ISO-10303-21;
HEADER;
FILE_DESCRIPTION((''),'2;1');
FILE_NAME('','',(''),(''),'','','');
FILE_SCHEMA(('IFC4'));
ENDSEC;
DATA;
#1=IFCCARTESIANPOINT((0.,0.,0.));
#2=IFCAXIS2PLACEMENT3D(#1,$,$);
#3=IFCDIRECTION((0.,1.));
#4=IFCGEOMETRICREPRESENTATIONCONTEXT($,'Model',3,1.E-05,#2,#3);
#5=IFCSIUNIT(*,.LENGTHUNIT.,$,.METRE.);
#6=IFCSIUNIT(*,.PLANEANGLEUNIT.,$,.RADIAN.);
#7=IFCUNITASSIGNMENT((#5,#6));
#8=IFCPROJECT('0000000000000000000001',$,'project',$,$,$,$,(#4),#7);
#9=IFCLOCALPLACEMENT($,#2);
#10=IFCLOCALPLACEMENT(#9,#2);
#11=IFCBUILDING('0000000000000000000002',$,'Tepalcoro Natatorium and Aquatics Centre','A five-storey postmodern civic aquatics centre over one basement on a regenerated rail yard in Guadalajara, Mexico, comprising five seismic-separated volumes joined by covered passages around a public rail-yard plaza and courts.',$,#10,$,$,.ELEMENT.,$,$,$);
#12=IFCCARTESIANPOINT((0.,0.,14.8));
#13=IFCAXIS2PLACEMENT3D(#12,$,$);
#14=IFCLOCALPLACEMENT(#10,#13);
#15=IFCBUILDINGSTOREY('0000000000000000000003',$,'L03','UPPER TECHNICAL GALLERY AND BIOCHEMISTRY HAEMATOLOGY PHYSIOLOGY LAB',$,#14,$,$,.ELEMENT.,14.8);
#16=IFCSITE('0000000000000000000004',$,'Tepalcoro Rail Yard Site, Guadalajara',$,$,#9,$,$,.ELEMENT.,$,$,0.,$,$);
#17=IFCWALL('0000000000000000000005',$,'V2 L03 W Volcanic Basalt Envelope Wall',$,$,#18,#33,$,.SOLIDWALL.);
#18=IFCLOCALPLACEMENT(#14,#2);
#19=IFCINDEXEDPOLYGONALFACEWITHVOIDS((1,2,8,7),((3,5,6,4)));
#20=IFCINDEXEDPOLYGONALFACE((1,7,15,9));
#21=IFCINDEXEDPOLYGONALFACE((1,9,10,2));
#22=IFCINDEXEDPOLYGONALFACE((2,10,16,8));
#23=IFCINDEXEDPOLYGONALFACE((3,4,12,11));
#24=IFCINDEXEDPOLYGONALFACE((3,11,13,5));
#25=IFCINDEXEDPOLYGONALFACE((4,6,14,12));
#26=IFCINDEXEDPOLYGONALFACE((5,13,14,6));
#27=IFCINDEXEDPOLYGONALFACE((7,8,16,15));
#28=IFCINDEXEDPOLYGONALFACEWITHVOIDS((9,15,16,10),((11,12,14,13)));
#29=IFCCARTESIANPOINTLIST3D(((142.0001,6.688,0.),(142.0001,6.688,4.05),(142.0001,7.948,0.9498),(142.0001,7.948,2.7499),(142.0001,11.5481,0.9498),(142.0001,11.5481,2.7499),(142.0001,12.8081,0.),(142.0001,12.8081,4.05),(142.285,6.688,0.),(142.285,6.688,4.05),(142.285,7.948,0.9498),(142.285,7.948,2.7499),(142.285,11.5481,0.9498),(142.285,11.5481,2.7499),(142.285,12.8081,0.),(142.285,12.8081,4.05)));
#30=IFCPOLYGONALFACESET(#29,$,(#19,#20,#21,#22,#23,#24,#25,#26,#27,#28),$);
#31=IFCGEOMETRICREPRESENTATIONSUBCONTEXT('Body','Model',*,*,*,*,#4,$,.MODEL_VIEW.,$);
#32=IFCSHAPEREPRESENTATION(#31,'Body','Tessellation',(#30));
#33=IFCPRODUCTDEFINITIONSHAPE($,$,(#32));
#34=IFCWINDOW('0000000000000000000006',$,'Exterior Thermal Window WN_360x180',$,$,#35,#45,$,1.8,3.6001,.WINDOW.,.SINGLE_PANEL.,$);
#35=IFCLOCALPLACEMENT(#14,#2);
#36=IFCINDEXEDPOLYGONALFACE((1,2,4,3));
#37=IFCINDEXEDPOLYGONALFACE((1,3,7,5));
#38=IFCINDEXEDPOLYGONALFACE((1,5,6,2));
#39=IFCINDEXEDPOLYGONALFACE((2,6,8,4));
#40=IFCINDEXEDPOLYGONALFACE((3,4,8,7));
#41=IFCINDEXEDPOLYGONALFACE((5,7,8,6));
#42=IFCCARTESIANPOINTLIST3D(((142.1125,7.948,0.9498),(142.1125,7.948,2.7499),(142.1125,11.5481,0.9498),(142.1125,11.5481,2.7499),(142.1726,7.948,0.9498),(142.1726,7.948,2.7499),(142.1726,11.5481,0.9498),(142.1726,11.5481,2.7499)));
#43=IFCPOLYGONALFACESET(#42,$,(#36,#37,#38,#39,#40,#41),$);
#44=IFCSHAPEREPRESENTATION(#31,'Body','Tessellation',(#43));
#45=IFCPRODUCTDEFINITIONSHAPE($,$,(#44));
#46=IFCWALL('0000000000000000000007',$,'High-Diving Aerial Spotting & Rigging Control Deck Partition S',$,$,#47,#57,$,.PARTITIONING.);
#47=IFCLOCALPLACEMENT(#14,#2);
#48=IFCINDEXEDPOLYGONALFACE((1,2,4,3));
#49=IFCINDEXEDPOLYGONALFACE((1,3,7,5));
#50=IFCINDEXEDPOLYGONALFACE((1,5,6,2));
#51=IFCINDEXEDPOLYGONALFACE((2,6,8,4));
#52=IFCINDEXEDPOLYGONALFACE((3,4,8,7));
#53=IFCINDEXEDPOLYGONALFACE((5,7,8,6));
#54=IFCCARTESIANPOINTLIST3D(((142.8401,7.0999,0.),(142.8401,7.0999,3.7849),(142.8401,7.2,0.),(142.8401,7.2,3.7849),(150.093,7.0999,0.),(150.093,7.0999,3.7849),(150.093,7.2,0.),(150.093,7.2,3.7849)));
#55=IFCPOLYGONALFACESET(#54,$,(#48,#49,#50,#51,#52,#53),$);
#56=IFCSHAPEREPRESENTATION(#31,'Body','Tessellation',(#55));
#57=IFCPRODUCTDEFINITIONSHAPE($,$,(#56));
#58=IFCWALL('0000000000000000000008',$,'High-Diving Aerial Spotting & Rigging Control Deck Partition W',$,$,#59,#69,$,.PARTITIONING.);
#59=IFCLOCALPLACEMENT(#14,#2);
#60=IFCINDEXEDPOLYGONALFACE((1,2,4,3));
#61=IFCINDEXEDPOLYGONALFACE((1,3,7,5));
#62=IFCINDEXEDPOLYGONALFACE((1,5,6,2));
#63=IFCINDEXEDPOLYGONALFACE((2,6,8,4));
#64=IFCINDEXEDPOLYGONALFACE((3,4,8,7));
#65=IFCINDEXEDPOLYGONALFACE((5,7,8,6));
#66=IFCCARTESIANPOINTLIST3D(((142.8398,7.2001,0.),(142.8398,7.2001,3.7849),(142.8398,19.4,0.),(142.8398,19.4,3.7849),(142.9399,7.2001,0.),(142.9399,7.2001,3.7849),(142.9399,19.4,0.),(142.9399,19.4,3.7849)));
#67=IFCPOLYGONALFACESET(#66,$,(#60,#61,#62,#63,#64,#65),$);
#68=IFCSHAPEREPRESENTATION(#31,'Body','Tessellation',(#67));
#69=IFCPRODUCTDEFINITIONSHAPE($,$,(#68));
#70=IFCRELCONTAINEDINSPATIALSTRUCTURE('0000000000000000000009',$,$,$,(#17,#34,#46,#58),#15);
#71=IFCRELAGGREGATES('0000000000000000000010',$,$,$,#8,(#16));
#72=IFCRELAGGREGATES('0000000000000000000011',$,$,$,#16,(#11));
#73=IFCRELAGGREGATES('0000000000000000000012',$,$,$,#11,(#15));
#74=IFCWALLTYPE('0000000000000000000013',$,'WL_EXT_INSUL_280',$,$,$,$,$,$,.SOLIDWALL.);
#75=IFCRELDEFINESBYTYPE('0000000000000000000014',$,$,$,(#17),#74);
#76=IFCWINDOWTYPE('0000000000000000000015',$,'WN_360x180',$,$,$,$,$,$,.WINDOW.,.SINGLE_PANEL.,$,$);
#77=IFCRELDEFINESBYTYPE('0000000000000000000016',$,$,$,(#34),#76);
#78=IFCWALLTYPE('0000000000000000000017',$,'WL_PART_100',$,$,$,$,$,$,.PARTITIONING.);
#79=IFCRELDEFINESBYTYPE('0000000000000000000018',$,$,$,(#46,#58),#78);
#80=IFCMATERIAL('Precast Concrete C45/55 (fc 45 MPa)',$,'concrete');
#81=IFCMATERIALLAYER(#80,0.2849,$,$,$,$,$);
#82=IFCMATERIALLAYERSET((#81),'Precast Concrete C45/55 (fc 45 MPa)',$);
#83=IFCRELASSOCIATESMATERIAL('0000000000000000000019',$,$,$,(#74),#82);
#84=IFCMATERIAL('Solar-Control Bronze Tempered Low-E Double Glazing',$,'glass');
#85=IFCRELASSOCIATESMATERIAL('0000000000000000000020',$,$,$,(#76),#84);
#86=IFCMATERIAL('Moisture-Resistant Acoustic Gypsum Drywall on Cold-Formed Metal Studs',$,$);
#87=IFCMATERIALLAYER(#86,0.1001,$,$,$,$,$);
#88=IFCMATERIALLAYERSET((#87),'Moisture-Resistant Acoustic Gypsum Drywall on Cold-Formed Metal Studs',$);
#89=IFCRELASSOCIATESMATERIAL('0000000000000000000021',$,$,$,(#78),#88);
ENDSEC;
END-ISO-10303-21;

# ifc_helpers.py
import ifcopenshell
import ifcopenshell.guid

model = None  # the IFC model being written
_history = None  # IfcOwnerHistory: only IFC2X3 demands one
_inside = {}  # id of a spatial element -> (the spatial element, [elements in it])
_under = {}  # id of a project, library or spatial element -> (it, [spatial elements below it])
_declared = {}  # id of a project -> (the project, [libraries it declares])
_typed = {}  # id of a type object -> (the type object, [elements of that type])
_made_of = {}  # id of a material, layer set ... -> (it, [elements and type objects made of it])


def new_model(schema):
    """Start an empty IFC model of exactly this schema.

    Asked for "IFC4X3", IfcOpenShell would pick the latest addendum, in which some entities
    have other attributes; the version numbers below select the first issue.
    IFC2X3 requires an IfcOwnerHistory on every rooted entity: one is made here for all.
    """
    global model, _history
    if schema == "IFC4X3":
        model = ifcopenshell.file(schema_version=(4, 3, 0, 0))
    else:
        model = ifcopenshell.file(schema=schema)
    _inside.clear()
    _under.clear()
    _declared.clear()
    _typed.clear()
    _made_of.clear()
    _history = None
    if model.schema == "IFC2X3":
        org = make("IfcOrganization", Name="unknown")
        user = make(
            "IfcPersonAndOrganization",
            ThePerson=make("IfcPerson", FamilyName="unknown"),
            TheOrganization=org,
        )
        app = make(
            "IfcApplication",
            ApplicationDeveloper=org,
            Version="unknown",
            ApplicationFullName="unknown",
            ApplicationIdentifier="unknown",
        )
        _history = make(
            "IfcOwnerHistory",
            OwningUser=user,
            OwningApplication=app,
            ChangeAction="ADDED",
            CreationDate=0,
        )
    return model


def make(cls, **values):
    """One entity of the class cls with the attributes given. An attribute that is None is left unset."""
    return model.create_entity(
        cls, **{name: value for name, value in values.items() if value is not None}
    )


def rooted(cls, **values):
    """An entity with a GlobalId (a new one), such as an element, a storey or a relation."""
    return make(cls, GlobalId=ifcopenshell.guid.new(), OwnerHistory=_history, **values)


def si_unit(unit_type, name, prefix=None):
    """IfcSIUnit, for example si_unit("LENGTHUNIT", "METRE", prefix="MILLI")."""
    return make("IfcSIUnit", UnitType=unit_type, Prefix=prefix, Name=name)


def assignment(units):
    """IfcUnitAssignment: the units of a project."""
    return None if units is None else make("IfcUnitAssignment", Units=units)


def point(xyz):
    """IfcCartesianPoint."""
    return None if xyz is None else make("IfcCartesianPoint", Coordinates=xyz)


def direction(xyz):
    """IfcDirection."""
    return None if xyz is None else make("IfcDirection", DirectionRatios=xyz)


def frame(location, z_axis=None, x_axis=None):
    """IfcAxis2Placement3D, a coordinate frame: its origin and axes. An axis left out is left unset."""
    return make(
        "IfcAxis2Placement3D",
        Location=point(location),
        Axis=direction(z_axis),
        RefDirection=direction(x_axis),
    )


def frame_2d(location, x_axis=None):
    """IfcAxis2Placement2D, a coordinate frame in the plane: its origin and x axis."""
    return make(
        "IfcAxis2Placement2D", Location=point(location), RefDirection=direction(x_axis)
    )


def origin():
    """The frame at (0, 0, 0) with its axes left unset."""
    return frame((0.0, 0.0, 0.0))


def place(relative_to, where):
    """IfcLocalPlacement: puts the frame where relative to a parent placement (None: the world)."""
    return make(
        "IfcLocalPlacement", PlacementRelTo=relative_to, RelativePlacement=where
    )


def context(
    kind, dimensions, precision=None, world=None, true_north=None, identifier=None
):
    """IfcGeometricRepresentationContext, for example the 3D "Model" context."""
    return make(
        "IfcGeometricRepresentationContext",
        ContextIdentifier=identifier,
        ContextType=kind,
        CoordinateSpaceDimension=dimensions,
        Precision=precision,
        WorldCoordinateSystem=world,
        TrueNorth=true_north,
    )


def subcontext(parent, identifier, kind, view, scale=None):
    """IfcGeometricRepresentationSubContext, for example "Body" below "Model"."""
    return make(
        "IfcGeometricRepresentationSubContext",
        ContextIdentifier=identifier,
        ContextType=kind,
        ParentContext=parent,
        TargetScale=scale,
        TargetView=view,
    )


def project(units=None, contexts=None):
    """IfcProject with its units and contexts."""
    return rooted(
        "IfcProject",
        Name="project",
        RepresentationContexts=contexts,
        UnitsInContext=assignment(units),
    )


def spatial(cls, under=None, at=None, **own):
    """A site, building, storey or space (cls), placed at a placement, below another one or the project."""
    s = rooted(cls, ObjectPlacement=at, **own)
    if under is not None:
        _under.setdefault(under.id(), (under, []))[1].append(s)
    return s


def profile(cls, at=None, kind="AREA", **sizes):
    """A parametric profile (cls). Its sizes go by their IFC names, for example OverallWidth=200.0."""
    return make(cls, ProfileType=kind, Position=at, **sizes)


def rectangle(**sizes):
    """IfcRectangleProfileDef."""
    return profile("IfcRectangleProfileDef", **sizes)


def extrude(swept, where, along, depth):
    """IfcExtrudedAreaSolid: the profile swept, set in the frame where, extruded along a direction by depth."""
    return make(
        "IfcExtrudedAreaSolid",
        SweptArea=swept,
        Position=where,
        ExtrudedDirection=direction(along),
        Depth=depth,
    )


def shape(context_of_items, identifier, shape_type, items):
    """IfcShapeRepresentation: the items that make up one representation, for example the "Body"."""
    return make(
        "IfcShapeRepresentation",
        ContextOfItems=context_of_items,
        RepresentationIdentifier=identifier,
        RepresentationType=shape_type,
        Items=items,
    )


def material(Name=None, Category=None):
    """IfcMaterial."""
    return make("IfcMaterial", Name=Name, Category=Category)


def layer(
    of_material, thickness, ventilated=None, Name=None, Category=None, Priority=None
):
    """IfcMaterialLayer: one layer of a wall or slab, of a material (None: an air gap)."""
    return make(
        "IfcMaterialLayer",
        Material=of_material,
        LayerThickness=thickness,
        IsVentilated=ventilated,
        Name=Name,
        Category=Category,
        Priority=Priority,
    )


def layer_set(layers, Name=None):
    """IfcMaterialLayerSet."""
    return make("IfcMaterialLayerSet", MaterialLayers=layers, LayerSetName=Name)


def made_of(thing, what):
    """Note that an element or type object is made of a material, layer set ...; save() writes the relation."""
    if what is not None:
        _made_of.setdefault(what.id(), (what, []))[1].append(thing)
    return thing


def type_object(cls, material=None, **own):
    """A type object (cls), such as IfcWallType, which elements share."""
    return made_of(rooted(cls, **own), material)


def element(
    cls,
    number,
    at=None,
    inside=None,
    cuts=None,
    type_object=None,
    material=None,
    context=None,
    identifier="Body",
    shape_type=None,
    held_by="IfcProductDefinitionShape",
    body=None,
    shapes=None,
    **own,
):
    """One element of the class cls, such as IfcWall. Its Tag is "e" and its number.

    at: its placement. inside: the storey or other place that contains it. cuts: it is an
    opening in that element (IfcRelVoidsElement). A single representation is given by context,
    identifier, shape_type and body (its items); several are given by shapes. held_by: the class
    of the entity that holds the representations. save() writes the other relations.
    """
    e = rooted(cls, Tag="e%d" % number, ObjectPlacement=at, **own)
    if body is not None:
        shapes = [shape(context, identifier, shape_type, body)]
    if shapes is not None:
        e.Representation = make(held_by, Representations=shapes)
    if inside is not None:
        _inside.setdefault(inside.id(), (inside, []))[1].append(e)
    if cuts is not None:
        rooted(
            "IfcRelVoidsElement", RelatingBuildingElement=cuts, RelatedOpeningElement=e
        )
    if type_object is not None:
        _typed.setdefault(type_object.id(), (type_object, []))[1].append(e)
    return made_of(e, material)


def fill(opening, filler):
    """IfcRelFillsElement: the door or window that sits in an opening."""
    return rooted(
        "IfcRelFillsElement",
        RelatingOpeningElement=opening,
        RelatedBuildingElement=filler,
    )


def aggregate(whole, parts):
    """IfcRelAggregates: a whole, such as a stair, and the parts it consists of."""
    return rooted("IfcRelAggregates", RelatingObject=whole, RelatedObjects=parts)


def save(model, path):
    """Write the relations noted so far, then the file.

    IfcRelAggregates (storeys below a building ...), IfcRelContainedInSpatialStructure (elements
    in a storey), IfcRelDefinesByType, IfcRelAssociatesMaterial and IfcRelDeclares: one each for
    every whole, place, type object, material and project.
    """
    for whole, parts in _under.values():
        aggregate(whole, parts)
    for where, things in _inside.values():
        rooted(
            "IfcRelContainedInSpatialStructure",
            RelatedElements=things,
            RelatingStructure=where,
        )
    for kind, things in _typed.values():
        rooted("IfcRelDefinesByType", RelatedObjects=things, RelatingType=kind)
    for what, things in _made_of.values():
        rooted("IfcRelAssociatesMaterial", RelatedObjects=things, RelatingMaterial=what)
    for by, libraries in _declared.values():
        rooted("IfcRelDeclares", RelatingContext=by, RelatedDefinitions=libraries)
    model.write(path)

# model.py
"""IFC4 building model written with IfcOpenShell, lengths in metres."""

from ifc_helpers import new_model, si_unit, direction, frame, frame_2d, origin, place, context, subcontext, project, spatial, rectangle, extrude, material, layer, layer_set, type_object, element, fill, save


model = new_model("IFC4")

# Units and contexts
model_context = context("Model", 3, precision=1e-05, world=origin(), true_north=direction((0.0, 1.0)))
body_context = subcontext(model_context, "Body", "Model", "MODEL_VIEW")
ifc_project = project(units=[si_unit("LENGTHUNIT", "METRE"), si_unit("PLANEANGLEUNIT", "RADIAN")], contexts=[model_context])

# Site, building, storey
site_placement = place(None, origin())
site = spatial("IfcSite", under=ifc_project, at=site_placement, Name="Tepalcoro Rail Yard Site, Guadalajara", CompositionType="ELEMENT", RefElevation=0.0)
building_placement = place(site_placement, origin())
building = spatial("IfcBuilding", under=site, at=building_placement, Name="Tepalcoro Natatorium and Aquatics Centre", Description="A five-storey postmodern civic aquatics centre over one basement on a regenerated rail yard in Guadalajara, Mexico, comprising five seismic-separated volumes joined by covered passages around a public rail-yard plaza and courts.", CompositionType="ELEMENT")
storey_placement = place(building_placement, frame((0.0, 0.0, 14.8)))
storey = spatial("IfcBuildingStorey", under=building, at=storey_placement, Name="L03", Description="UPPER TECHNICAL GALLERY AND BIOCHEMISTRY HAEMATOLOGY PHYSIOLOGY LAB", CompositionType="ELEMENT", Elevation=14.8)

# Shared definitions
ifc_material_1 = material(Name="Solar-Control Bronze Tempered Low-E Double Glazing", Category="glass")

# Wall, opening, window
ifc_material_2 = material(Name="Precast Concrete C45/55 (fc 45 MPa)", Category="concrete")
ifc_layer_1 = layer(ifc_material_2, 0.2849)
ifc_layer_set_1 = layer_set([ifc_layer_1], Name="Precast Concrete C45/55 (fc 45 MPa)")
wall_type_1 = type_object("IfcWallType", Name="WL_EXT_INSUL_280", PredefinedType="SOLIDWALL", material=ifc_layer_set_1)
wall_1_placement = place(storey_placement, frame((142.1426, 6.688, 0.0), z_axis=(0.0, 0.0, 1.0), x_axis=(0.0, 1.0, 0.0)))
wall_1 = element("IfcWall", 1, at=wall_1_placement, inside=storey, type_object=wall_type_1, Name="V2 L03 W Volcanic Basalt Envelope Wall", PredefinedType="SOLIDWALL", context=body_context, shape_type="SweptSolid", body=[
    extrude(rectangle(XDim=6.1201, YDim=0.2849, at=frame_2d((3.0601, 0.0))), origin(), (0.0, 0.0, 1.0), 4.05),
])
opening_placement = place(wall_1_placement, frame((1.26, 0.0, 0.95)))
opening = element("IfcOpeningElement", 2, at=opening_placement, cuts=wall_1, PredefinedType="OPENING", context=body_context, shape_type="SweptSolid", body=[
    extrude(rectangle(XDim=3.6001, YDim=1.8, at=frame_2d((1.8, 0.8999))), frame((0.0, 0.1543, 0.0), z_axis=(0.0, -1.0, 0.0), x_axis=(1.0, 0.0, 0.0)), (0.0, 0.0, 1.0), 0.3088),
])
window_type = type_object("IfcWindowType", Name="WN_360x180", PartitioningType="SINGLE_PANEL", PredefinedType="WINDOW", material=ifc_material_1)
window_placement = place(opening_placement, origin())
window = element("IfcWindow", 3, at=window_placement, inside=storey, type_object=window_type, Name="Exterior Thermal Window WN_360x180", OverallHeight=1.8, OverallWidth=3.6001, PartitioningType="SINGLE_PANEL", PredefinedType="WINDOW", context=body_context, shape_type="SweptSolid", body=[
    extrude(rectangle(XDim=3.6001, YDim=1.8, at=frame_2d((1.8, 0.8999))), frame((0.0, 0.03, 0.0), z_axis=(0.0, -1.0, 0.0), x_axis=(1.0, 0.0, 0.0)), (0.0, 0.0, 1.0), 0.0601),
])
fill(opening, window)

# Walls
ifc_material_3 = material(Name="Moisture-Resistant Acoustic Gypsum Drywall on Cold-Formed Metal Studs")
ifc_layer_2 = layer(ifc_material_3, 0.1001)
ifc_layer_set_2 = layer_set([ifc_layer_2], Name="Moisture-Resistant Acoustic Gypsum Drywall on Cold-Formed Metal Studs")
wall_type_2 = type_object("IfcWallType", Name="WL_PART_100", PredefinedType="PARTITIONING", material=ifc_layer_set_2)
wall_2_placement = place(storey_placement, frame((142.8401, 7.1499, 0.0), z_axis=(0.0, 0.0, 1.0), x_axis=(1.0, 0.0, 0.0)))
element("IfcWall", 4, at=wall_2_placement, inside=storey, type_object=wall_type_2, Name="High-Diving Aerial Spotting & Rigging Control Deck Partition S", PredefinedType="PARTITIONING", context=body_context, shape_type="SweptSolid", body=[
    extrude(rectangle(XDim=7.2529, YDim=0.1001, at=frame_2d((3.6265, 0.0))), origin(), (0.0, 0.0, 1.0), 3.7849),
])
wall_3_placement = place(storey_placement, frame((142.8899, 7.2, 0.0), z_axis=(0.0, 0.0, 1.0), x_axis=(0.0, 1.0, 0.0)))
element("IfcWall", 5, at=wall_3_placement, inside=storey, type_object=wall_type_2, Name="High-Diving Aerial Spotting & Rigging Control Deck Partition W", PredefinedType="PARTITIONING", context=body_context, shape_type="SweptSolid", body=[
    extrude(rectangle(XDim=12.2, YDim=0.1001, at=frame_2d((6.1001, 0.0))), origin(), (0.0, 0.0, 1.0), 3.7849),
])

save(model, "model.ifc")
